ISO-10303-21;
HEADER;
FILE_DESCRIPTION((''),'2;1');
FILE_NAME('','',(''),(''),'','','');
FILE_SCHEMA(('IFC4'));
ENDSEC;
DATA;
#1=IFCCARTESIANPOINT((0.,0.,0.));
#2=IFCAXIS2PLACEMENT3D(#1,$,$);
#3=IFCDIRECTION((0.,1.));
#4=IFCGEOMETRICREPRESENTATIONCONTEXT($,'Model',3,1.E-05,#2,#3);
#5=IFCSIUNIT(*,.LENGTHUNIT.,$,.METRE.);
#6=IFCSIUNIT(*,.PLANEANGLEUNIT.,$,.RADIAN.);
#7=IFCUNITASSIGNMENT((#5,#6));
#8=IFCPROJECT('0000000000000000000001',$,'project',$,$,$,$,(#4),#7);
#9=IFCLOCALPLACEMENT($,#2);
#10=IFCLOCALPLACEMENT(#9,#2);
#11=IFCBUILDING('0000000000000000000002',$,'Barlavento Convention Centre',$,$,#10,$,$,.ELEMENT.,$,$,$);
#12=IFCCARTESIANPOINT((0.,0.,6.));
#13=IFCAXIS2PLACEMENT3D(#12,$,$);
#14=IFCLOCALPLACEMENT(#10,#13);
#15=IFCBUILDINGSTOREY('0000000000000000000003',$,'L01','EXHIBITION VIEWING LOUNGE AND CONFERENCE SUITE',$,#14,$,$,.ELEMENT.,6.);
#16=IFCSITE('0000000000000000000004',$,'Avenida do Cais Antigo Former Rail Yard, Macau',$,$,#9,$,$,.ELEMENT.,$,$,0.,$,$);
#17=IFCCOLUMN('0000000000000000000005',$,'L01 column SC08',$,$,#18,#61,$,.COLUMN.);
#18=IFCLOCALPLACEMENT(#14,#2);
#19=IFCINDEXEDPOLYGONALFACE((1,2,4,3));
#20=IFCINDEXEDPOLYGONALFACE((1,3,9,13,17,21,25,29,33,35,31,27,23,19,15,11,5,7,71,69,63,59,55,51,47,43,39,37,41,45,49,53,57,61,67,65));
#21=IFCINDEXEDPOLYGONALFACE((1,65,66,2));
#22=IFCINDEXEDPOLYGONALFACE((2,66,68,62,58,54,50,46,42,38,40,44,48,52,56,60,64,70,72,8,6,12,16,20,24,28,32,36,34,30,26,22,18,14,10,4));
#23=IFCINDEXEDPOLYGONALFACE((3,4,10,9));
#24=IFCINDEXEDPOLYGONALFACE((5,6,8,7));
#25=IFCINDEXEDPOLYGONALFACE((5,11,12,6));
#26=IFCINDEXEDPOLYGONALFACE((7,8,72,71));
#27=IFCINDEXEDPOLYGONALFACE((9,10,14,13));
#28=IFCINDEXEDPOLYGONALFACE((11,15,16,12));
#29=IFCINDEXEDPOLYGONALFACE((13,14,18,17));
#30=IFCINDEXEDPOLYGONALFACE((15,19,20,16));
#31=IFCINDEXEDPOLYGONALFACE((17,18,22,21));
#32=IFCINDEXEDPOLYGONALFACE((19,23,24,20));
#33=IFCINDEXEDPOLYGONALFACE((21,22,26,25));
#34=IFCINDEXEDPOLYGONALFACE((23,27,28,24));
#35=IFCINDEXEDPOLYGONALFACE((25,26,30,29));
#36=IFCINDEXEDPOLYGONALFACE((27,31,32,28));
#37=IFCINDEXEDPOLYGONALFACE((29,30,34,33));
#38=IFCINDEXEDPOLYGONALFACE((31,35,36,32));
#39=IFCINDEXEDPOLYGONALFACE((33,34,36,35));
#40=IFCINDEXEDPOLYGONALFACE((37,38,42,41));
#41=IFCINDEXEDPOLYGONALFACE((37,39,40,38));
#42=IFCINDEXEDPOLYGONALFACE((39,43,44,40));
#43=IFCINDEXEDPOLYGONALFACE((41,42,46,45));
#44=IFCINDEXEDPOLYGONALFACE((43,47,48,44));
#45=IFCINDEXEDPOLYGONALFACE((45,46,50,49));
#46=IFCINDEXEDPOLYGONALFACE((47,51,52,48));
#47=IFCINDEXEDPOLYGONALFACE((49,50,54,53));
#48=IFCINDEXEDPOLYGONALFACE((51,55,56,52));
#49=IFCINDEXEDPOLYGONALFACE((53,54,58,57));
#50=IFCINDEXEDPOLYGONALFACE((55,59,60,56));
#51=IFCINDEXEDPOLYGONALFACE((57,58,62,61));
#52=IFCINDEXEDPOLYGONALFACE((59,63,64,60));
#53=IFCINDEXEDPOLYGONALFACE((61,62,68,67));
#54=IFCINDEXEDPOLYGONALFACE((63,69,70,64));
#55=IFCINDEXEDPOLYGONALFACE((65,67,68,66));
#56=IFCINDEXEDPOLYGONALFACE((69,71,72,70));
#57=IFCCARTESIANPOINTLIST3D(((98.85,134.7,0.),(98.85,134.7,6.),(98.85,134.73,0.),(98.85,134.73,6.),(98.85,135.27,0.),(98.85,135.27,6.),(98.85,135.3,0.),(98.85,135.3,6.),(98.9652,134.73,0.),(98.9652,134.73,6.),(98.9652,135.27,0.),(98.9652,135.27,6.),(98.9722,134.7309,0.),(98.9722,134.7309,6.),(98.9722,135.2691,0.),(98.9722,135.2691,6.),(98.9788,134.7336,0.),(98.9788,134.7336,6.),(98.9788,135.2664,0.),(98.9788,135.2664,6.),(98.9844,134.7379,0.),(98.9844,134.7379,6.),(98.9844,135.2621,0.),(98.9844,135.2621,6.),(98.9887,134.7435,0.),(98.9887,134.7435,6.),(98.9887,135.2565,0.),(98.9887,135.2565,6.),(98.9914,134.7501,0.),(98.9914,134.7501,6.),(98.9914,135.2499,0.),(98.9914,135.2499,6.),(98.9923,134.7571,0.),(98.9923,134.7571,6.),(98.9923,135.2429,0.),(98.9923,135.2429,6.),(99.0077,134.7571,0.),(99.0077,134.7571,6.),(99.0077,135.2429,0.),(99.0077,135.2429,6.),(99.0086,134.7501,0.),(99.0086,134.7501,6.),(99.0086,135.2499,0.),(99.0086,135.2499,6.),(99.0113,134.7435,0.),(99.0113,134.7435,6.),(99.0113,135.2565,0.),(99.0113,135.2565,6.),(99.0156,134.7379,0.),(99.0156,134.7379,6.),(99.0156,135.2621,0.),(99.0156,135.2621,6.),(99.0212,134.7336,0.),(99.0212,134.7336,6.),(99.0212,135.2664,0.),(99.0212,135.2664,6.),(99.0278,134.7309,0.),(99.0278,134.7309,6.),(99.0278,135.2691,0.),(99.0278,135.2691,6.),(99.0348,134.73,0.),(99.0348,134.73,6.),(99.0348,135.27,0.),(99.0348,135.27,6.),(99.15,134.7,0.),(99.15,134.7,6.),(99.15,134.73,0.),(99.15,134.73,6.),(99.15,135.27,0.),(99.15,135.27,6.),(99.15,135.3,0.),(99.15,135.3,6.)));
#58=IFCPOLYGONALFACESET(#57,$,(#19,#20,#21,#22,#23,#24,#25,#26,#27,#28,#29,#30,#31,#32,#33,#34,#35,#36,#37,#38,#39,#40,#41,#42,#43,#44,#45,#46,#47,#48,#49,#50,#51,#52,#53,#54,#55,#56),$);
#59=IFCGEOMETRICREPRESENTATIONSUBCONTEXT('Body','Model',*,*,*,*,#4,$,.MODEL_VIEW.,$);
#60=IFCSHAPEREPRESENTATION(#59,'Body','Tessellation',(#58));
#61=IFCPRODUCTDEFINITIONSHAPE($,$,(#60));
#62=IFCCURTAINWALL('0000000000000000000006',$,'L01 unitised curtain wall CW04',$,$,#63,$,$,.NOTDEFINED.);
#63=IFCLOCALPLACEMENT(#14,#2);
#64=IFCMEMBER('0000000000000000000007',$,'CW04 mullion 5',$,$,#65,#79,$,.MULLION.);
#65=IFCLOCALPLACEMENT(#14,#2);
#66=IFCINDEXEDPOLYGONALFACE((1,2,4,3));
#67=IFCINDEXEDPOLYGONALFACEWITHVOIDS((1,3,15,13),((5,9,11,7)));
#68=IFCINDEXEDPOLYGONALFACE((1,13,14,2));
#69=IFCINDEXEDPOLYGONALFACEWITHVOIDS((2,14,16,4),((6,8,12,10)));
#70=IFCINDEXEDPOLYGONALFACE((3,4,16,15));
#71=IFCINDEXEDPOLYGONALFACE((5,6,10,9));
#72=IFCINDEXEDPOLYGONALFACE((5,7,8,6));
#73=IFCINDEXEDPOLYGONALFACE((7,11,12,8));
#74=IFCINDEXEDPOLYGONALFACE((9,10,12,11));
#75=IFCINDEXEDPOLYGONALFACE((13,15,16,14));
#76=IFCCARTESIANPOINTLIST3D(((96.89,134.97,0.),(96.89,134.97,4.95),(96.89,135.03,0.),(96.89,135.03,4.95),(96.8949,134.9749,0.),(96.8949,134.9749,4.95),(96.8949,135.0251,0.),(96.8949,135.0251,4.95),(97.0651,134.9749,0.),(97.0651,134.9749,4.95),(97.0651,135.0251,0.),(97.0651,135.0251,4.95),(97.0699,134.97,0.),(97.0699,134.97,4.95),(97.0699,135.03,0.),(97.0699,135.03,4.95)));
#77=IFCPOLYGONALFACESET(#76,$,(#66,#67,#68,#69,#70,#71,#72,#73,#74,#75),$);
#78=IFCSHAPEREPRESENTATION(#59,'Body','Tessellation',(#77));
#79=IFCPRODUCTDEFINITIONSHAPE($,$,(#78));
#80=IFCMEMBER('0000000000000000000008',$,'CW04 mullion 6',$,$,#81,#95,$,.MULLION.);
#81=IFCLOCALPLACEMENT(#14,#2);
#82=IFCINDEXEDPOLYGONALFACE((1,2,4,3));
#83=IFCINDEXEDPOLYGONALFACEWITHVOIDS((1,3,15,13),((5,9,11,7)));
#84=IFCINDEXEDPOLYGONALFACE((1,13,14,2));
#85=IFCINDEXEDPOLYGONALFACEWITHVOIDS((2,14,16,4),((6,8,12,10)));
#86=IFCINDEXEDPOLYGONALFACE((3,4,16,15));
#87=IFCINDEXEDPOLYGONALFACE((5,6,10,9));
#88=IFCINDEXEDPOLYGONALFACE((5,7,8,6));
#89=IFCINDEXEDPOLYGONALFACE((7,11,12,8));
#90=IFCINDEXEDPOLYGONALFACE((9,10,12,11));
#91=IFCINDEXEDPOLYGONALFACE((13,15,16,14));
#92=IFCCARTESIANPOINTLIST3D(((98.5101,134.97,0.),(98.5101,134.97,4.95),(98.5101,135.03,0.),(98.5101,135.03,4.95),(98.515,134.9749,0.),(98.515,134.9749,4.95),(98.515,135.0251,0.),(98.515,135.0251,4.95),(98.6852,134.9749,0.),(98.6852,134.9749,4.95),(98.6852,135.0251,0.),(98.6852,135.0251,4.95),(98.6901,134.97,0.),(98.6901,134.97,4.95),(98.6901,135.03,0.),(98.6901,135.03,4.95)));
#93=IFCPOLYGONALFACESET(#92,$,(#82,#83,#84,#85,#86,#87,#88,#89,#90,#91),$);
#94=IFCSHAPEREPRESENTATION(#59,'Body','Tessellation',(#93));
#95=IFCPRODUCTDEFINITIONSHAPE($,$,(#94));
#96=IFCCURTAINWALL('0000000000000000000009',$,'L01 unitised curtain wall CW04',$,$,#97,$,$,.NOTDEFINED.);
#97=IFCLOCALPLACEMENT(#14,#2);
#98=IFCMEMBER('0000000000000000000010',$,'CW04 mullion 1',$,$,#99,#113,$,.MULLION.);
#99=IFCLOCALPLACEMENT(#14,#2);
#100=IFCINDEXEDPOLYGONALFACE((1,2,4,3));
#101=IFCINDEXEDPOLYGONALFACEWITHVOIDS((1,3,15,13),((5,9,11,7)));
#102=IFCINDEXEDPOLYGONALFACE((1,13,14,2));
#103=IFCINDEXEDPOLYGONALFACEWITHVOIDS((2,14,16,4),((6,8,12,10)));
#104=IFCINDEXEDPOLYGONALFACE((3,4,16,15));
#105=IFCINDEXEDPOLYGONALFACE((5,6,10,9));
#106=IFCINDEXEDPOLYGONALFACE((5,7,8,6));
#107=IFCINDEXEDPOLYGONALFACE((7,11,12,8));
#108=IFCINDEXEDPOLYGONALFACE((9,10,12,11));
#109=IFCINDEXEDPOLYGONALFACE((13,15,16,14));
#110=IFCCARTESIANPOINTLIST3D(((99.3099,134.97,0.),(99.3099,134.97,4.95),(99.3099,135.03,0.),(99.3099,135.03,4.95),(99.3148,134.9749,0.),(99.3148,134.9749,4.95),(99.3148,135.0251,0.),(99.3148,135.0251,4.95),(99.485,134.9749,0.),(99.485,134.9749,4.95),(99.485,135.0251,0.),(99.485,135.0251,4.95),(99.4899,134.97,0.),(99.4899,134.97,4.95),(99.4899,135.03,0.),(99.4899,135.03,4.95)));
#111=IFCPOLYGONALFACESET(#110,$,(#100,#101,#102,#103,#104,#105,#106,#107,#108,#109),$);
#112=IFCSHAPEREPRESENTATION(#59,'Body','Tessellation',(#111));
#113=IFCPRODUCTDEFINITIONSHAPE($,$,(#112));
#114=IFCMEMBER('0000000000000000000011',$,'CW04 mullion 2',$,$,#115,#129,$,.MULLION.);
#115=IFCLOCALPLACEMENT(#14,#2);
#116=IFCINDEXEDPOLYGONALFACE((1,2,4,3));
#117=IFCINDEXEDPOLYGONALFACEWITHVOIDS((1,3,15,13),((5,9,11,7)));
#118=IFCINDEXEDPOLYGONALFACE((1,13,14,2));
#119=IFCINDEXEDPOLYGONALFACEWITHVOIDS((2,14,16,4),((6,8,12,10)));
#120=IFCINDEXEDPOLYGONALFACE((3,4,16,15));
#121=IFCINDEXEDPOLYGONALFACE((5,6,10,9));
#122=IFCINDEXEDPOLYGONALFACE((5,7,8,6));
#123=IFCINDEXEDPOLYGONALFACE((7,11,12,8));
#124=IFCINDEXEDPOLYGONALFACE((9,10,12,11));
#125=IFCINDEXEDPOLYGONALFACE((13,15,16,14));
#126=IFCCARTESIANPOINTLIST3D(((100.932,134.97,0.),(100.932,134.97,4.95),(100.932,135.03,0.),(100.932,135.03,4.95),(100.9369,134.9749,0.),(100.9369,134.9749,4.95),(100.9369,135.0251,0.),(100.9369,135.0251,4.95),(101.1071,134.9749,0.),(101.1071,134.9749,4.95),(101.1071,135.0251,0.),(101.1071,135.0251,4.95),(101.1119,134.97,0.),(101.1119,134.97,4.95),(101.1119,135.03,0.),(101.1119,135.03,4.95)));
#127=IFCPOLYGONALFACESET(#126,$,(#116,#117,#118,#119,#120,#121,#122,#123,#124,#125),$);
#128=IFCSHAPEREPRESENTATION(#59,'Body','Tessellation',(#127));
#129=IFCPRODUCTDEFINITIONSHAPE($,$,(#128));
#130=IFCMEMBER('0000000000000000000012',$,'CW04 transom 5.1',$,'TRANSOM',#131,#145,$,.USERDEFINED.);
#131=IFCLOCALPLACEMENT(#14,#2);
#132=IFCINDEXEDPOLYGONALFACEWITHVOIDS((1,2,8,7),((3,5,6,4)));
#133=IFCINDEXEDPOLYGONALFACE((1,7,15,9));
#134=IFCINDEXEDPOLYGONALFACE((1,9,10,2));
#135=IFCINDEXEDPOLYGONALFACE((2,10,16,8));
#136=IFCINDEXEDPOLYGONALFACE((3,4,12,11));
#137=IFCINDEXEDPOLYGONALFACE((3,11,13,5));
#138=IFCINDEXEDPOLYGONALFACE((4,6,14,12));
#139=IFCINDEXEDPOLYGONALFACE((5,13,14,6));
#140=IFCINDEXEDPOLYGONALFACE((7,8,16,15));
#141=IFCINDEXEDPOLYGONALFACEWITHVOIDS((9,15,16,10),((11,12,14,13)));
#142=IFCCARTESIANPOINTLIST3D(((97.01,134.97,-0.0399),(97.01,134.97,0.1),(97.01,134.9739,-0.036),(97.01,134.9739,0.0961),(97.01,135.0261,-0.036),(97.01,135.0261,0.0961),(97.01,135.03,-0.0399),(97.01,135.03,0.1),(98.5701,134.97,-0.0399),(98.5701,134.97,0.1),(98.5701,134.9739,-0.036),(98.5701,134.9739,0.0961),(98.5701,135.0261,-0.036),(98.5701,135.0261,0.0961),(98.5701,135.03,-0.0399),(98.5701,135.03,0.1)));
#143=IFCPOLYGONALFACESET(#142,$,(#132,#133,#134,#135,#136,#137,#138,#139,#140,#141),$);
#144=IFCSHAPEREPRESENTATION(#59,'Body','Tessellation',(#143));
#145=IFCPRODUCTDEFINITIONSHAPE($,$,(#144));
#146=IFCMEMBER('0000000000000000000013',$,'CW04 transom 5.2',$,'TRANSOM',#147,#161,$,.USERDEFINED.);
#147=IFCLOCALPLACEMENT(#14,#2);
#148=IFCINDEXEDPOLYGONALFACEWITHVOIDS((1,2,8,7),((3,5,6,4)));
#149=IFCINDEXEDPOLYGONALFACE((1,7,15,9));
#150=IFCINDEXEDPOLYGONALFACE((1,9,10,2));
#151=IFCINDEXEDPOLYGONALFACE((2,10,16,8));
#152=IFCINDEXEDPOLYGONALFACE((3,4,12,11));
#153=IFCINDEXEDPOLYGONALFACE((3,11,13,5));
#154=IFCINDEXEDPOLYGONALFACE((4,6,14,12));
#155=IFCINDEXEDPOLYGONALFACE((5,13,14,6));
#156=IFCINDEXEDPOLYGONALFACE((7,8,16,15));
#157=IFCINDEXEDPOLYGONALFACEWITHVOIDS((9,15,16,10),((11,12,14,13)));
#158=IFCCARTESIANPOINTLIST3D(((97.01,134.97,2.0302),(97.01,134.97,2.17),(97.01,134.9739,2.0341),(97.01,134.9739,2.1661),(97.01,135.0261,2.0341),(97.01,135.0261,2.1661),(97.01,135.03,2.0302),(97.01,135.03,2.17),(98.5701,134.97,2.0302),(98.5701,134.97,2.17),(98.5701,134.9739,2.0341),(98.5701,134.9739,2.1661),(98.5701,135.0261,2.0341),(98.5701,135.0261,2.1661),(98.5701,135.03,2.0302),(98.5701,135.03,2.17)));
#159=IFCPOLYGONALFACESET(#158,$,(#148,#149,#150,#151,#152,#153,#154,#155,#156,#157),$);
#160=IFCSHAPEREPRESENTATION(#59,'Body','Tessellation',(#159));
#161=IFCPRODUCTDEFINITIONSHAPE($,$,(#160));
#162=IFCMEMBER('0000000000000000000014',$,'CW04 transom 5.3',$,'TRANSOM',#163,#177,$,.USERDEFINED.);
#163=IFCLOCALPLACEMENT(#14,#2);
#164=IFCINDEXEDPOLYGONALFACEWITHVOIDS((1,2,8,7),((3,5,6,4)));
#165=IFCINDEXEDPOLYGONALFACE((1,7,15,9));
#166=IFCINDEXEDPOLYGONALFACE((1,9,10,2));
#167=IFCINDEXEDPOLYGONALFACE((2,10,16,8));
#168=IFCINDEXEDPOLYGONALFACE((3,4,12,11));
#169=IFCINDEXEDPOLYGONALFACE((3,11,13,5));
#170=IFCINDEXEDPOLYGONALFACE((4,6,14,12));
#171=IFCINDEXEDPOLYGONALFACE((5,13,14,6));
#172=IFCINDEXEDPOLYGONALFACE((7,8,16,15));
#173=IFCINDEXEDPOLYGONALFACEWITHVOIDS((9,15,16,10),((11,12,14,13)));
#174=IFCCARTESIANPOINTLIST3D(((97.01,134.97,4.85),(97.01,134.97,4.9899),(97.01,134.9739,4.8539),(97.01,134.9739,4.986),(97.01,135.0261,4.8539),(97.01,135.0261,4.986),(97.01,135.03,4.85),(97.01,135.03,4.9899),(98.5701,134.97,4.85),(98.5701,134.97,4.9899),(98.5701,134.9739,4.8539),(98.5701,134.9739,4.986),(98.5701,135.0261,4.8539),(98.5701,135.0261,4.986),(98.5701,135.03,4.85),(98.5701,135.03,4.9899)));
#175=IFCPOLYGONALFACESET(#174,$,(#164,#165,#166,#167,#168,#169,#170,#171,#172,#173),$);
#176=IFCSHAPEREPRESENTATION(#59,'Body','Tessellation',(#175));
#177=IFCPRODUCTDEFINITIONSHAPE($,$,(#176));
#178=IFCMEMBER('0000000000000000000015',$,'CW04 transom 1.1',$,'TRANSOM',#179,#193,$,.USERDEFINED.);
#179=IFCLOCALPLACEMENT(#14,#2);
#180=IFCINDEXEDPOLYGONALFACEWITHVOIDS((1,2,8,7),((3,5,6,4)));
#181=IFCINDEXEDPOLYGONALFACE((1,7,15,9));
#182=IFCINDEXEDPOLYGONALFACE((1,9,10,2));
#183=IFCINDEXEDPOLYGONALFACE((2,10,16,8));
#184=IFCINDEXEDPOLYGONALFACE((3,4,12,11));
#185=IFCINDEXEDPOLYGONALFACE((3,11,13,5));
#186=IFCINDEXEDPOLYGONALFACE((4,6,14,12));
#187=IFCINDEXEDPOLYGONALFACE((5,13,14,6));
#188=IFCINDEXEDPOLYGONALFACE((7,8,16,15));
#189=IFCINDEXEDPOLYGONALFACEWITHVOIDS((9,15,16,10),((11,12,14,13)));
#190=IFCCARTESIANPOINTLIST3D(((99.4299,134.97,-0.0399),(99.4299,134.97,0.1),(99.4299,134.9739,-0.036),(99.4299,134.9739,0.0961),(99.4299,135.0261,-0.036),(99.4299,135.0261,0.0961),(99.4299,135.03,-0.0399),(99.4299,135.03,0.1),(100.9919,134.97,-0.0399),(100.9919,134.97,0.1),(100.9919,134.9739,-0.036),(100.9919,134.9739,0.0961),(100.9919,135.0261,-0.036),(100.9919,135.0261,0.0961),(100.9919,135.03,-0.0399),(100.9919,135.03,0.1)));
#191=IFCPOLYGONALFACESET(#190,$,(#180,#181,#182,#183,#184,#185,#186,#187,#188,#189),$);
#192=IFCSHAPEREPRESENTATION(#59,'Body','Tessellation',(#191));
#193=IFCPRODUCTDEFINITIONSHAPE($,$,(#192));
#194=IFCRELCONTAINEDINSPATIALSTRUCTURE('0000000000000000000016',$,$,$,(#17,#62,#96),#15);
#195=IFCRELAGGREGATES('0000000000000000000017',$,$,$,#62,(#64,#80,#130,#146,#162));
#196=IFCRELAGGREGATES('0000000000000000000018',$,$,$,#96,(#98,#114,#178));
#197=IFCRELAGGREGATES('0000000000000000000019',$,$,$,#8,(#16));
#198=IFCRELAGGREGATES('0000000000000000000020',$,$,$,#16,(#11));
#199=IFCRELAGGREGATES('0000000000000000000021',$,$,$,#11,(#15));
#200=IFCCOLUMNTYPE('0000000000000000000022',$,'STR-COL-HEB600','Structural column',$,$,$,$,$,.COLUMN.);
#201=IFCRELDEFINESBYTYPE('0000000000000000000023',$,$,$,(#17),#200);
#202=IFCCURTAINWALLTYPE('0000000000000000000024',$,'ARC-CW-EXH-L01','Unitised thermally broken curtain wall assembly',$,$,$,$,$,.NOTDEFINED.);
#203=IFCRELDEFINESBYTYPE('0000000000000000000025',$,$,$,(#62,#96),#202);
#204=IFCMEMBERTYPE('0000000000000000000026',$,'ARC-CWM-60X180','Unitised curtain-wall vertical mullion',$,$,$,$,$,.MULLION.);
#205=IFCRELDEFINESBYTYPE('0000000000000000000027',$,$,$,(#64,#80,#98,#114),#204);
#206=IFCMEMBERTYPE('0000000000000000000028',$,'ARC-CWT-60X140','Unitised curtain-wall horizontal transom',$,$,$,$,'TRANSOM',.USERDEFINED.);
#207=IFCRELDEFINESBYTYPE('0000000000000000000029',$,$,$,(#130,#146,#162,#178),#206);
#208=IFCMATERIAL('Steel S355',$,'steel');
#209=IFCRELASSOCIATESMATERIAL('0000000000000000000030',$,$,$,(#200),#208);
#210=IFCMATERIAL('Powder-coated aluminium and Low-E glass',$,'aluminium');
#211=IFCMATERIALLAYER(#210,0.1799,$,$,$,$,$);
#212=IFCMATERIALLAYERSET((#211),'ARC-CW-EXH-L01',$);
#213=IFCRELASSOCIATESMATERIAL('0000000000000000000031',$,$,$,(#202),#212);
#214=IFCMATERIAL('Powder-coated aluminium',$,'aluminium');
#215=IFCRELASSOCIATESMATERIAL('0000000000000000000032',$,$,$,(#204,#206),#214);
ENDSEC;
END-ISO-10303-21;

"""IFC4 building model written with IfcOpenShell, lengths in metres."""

from ifc_helpers import new_model, si_unit, direction, frame, origin, origin_2d, place, context, subcontext, project, spatial, hollow_rectangle, i_section, extrude, material, layer, layer_set, material_profile, profile_set, type_object, element, aggregate, save


model = new_model("IFC4")

# Units and contexts
model_context = context("Model", 3, precision=1e-05, world=origin(), true_north=direction((0.0, 1.0)))
body_context = subcontext(model_context, "Body", "Model", "MODEL_VIEW")
ifc_project = project(units=[si_unit("LENGTHUNIT", "METRE"), si_unit("PLANEANGLEUNIT", "RADIAN")], contexts=[model_context])

# Site, building, storey
site_placement = place(None, origin())
site = spatial("IfcSite", under=ifc_project, at=site_placement, Name="Avenida do Cais Antigo Former Rail Yard, Macau", CompositionType="ELEMENT", RefElevation=0.0)
building_placement = place(site_placement, origin())
building = spatial("IfcBuilding", under=site, at=building_placement, Name="Barlavento Convention Centre", CompositionType="ELEMENT")
storey_placement = place(building_placement, frame((0.0, 0.0, 6.0)))
storey = spatial("IfcBuildingStorey", under=building, at=storey_placement, Name="L01", Description="EXHIBITION VIEWING LOUNGE AND CONFERENCE SUITE", CompositionType="ELEMENT", Elevation=6.0)

# Column
ifc_material_1 = material(Name="Steel S355", Category="steel")
ifc_material_profile_1 = material_profile(ifc_material_1, i_section(OverallWidth=0.3, OverallDepth=0.6001, WebThickness=0.0154, FlangeThickness=0.03, FilletRadius=0.0271, at=origin_2d()), Name="HEB 600")
ifc_profile_set_1 = profile_set([ifc_material_profile_1], Name="Steel S355")
column_type = type_object("IfcColumnType", Name="STR-COL-HEB600", Description="Structural column", PredefinedType="COLUMN", material=ifc_profile_set_1)
column_placement = place(storey_placement, frame((99.0, 135.0, 0.0), z_axis=(0.0, 0.0, 1.0), x_axis=(1.0, 0.0, 0.0)))
element("IfcColumn", 1, at=column_placement, inside=storey, type_object=column_type, Name="L01 column SC08", PredefinedType="COLUMN", context=body_context, shape_type="SweptSolid", body=[
    extrude(i_section(OverallWidth=0.3, OverallDepth=0.6001, WebThickness=0.0154, FlangeThickness=0.03, FilletRadius=0.0271, at=origin_2d()), origin(), (0.0, 0.0, 1.0), 6.0),
])

# Curtain walls, members
ifc_material_2 = material(Name="Powder-coated aluminium and Low-E glass", Category="aluminium")
ifc_layer_1 = layer(ifc_material_2, 0.1799)
ifc_layer_set_1 = layer_set([ifc_layer_1], Name="ARC-CW-EXH-L01")
curtain_wall_type = type_object("IfcCurtainWallType", Name="ARC-CW-EXH-L01", Description="Unitised thermally broken curtain wall assembly", PredefinedType="NOTDEFINED", material=ifc_layer_set_1)
curtain_wall_1_placement = place(storey_placement, origin())
curtain_wall_1 = element("IfcCurtainWall", 2, at=curtain_wall_1_placement, inside=storey, type_object=curtain_wall_type, Name="L01 unitised curtain wall CW04", PredefinedType="NOTDEFINED")
ifc_material_3 = material(Name="Powder-coated aluminium", Category="aluminium")
ifc_material_profile_2 = material_profile(ifc_material_3, hollow_rectangle(XDim=0.0601, YDim=0.1799, WallThickness=0.0049, at=origin_2d()), Name="AL-MULL 60x180x5")
ifc_profile_set_2 = profile_set([ifc_material_profile_2], Name="Powder-coated aluminium")
member_type_1 = type_object("IfcMemberType", Name="ARC-CWM-60X180", Description="Unitised curtain-wall vertical mullion", PredefinedType="MULLION", material=ifc_profile_set_2)
member_1_placement = place(storey_placement, frame((96.98, 135.0, 0.0), z_axis=(0.0, 0.0, 1.0), x_axis=(0.0, 1.0, 0.0)))
member_1 = element("IfcMember", 3, at=member_1_placement, type_object=member_type_1, Name="CW04 mullion 5", PredefinedType="MULLION", context=body_context, shape_type="SweptSolid", body=[
    extrude(hollow_rectangle(XDim=0.0601, YDim=0.1799, WallThickness=0.0049, at=origin_2d()), origin(), (0.0, 0.0, 1.0), 4.95),
])
member_2_placement = place(storey_placement, frame((98.6001, 135.0, 0.0), z_axis=(0.0, 0.0, 1.0), x_axis=(0.0, 1.0, 0.0)))
member_2 = element("IfcMember", 4, at=member_2_placement, type_object=member_type_1, Name="CW04 mullion 6", PredefinedType="MULLION", context=body_context, shape_type="SweptSolid", body=[
    extrude(hollow_rectangle(XDim=0.0601, YDim=0.1799, WallThickness=0.0049, at=origin_2d()), origin(), (0.0, 0.0, 1.0), 4.95),
])
curtain_wall_2_placement = place(storey_placement, origin())
curtain_wall_2 = element("IfcCurtainWall", 5, at=curtain_wall_2_placement, inside=storey, type_object=curtain_wall_type, Name="L01 unitised curtain wall CW04", PredefinedType="NOTDEFINED")
member_3_placement = place(storey_placement, frame((99.3999, 135.0, 0.0), z_axis=(0.0, 0.0, 1.0), x_axis=(0.0, 1.0, 0.0)))
member_3 = element("IfcMember", 6, at=member_3_placement, type_object=member_type_1, Name="CW04 mullion 1", PredefinedType="MULLION", context=body_context, shape_type="SweptSolid", body=[
    extrude(hollow_rectangle(XDim=0.0601, YDim=0.1799, WallThickness=0.0049, at=origin_2d()), origin(), (0.0, 0.0, 1.0), 4.95),
])
member_4_placement = place(storey_placement, frame((101.022, 135.0, 0.0), z_axis=(0.0, 0.0, 1.0), x_axis=(0.0, 1.0, 0.0)))
member_4 = element("IfcMember", 7, at=member_4_placement, type_object=member_type_1, Name="CW04 mullion 2", PredefinedType="MULLION", context=body_context, shape_type="SweptSolid", body=[
    extrude(hollow_rectangle(XDim=0.0601, YDim=0.1799, WallThickness=0.0049, at=origin_2d()), origin(), (0.0, 0.0, 1.0), 4.95),
])

# Members
ifc_material_profile_3 = material_profile(ifc_material_3, hollow_rectangle(XDim=0.0601, YDim=0.1399, WallThickness=0.0039, at=origin_2d()), Name="AL-TRAN 60x140x4")
ifc_profile_set_3 = profile_set([ifc_material_profile_3], Name="Powder-coated aluminium")
member_type_2 = type_object("IfcMemberType", Name="ARC-CWT-60X140", Description="Unitised curtain-wall horizontal transom", ElementType="TRANSOM", PredefinedType="USERDEFINED", material=ifc_profile_set_3)
member_5_placement = place(storey_placement, frame((97.01, 135.0, 0.03), z_axis=(1.0, 0.0, 0.0), x_axis=(0.0, 1.0, 0.0)))
member_5 = element("IfcMember", 8, at=member_5_placement, type_object=member_type_2, Name="CW04 transom 5.1", ObjectType="TRANSOM", PredefinedType="USERDEFINED", context=body_context, shape_type="SweptSolid", body=[
    extrude(hollow_rectangle(XDim=0.0601, YDim=0.1399, WallThickness=0.0039, at=origin_2d()), origin(), (0.0, 0.0, 1.0), 1.5601),
])
member_6_placement = place(storey_placement, frame((97.01, 135.0, 2.1001), z_axis=(1.0, 0.0, 0.0), x_axis=(0.0, 1.0, 0.0)))
member_6 = element("IfcMember", 9, at=member_6_placement, type_object=member_type_2, Name="CW04 transom 5.2", ObjectType="TRANSOM", PredefinedType="USERDEFINED", context=body_context, shape_type="SweptSolid", body=[
    extrude(hollow_rectangle(XDim=0.0601, YDim=0.1399, WallThickness=0.0039, at=origin_2d()), origin(), (0.0, 0.0, 1.0), 1.5601),
])
member_7_placement = place(storey_placement, frame((97.01, 135.0, 4.9199), z_axis=(1.0, 0.0, 0.0), x_axis=(0.0, 1.0, 0.0)))
member_7 = element("IfcMember", 10, at=member_7_placement, type_object=member_type_2, Name="CW04 transom 5.3", ObjectType="TRANSOM", PredefinedType="USERDEFINED", context=body_context, shape_type="SweptSolid", body=[
    extrude(hollow_rectangle(XDim=0.0601, YDim=0.1399, WallThickness=0.0039, at=origin_2d()), origin(), (0.0, 0.0, 1.0), 1.5601),
])
member_8_placement = place(storey_placement, frame((99.4299, 135.0, 0.03), z_axis=(1.0, 0.0, 0.0), x_axis=(0.0, 1.0, 0.0)))
member_8 = element("IfcMember", 11, at=member_8_placement, type_object=member_type_2, Name="CW04 transom 1.1", ObjectType="TRANSOM", PredefinedType="USERDEFINED", context=body_context, shape_type="SweptSolid", body=[
    extrude(hollow_rectangle(XDim=0.0601, YDim=0.1399, WallThickness=0.0039, at=origin_2d()), origin(), (0.0, 0.0, 1.0), 1.562),
])

aggregate(curtain_wall_1, [member_1, member_2, member_5, member_6, member_7])
aggregate(curtain_wall_2, [member_3, member_4, member_8])

save(model, "model.ifc")
